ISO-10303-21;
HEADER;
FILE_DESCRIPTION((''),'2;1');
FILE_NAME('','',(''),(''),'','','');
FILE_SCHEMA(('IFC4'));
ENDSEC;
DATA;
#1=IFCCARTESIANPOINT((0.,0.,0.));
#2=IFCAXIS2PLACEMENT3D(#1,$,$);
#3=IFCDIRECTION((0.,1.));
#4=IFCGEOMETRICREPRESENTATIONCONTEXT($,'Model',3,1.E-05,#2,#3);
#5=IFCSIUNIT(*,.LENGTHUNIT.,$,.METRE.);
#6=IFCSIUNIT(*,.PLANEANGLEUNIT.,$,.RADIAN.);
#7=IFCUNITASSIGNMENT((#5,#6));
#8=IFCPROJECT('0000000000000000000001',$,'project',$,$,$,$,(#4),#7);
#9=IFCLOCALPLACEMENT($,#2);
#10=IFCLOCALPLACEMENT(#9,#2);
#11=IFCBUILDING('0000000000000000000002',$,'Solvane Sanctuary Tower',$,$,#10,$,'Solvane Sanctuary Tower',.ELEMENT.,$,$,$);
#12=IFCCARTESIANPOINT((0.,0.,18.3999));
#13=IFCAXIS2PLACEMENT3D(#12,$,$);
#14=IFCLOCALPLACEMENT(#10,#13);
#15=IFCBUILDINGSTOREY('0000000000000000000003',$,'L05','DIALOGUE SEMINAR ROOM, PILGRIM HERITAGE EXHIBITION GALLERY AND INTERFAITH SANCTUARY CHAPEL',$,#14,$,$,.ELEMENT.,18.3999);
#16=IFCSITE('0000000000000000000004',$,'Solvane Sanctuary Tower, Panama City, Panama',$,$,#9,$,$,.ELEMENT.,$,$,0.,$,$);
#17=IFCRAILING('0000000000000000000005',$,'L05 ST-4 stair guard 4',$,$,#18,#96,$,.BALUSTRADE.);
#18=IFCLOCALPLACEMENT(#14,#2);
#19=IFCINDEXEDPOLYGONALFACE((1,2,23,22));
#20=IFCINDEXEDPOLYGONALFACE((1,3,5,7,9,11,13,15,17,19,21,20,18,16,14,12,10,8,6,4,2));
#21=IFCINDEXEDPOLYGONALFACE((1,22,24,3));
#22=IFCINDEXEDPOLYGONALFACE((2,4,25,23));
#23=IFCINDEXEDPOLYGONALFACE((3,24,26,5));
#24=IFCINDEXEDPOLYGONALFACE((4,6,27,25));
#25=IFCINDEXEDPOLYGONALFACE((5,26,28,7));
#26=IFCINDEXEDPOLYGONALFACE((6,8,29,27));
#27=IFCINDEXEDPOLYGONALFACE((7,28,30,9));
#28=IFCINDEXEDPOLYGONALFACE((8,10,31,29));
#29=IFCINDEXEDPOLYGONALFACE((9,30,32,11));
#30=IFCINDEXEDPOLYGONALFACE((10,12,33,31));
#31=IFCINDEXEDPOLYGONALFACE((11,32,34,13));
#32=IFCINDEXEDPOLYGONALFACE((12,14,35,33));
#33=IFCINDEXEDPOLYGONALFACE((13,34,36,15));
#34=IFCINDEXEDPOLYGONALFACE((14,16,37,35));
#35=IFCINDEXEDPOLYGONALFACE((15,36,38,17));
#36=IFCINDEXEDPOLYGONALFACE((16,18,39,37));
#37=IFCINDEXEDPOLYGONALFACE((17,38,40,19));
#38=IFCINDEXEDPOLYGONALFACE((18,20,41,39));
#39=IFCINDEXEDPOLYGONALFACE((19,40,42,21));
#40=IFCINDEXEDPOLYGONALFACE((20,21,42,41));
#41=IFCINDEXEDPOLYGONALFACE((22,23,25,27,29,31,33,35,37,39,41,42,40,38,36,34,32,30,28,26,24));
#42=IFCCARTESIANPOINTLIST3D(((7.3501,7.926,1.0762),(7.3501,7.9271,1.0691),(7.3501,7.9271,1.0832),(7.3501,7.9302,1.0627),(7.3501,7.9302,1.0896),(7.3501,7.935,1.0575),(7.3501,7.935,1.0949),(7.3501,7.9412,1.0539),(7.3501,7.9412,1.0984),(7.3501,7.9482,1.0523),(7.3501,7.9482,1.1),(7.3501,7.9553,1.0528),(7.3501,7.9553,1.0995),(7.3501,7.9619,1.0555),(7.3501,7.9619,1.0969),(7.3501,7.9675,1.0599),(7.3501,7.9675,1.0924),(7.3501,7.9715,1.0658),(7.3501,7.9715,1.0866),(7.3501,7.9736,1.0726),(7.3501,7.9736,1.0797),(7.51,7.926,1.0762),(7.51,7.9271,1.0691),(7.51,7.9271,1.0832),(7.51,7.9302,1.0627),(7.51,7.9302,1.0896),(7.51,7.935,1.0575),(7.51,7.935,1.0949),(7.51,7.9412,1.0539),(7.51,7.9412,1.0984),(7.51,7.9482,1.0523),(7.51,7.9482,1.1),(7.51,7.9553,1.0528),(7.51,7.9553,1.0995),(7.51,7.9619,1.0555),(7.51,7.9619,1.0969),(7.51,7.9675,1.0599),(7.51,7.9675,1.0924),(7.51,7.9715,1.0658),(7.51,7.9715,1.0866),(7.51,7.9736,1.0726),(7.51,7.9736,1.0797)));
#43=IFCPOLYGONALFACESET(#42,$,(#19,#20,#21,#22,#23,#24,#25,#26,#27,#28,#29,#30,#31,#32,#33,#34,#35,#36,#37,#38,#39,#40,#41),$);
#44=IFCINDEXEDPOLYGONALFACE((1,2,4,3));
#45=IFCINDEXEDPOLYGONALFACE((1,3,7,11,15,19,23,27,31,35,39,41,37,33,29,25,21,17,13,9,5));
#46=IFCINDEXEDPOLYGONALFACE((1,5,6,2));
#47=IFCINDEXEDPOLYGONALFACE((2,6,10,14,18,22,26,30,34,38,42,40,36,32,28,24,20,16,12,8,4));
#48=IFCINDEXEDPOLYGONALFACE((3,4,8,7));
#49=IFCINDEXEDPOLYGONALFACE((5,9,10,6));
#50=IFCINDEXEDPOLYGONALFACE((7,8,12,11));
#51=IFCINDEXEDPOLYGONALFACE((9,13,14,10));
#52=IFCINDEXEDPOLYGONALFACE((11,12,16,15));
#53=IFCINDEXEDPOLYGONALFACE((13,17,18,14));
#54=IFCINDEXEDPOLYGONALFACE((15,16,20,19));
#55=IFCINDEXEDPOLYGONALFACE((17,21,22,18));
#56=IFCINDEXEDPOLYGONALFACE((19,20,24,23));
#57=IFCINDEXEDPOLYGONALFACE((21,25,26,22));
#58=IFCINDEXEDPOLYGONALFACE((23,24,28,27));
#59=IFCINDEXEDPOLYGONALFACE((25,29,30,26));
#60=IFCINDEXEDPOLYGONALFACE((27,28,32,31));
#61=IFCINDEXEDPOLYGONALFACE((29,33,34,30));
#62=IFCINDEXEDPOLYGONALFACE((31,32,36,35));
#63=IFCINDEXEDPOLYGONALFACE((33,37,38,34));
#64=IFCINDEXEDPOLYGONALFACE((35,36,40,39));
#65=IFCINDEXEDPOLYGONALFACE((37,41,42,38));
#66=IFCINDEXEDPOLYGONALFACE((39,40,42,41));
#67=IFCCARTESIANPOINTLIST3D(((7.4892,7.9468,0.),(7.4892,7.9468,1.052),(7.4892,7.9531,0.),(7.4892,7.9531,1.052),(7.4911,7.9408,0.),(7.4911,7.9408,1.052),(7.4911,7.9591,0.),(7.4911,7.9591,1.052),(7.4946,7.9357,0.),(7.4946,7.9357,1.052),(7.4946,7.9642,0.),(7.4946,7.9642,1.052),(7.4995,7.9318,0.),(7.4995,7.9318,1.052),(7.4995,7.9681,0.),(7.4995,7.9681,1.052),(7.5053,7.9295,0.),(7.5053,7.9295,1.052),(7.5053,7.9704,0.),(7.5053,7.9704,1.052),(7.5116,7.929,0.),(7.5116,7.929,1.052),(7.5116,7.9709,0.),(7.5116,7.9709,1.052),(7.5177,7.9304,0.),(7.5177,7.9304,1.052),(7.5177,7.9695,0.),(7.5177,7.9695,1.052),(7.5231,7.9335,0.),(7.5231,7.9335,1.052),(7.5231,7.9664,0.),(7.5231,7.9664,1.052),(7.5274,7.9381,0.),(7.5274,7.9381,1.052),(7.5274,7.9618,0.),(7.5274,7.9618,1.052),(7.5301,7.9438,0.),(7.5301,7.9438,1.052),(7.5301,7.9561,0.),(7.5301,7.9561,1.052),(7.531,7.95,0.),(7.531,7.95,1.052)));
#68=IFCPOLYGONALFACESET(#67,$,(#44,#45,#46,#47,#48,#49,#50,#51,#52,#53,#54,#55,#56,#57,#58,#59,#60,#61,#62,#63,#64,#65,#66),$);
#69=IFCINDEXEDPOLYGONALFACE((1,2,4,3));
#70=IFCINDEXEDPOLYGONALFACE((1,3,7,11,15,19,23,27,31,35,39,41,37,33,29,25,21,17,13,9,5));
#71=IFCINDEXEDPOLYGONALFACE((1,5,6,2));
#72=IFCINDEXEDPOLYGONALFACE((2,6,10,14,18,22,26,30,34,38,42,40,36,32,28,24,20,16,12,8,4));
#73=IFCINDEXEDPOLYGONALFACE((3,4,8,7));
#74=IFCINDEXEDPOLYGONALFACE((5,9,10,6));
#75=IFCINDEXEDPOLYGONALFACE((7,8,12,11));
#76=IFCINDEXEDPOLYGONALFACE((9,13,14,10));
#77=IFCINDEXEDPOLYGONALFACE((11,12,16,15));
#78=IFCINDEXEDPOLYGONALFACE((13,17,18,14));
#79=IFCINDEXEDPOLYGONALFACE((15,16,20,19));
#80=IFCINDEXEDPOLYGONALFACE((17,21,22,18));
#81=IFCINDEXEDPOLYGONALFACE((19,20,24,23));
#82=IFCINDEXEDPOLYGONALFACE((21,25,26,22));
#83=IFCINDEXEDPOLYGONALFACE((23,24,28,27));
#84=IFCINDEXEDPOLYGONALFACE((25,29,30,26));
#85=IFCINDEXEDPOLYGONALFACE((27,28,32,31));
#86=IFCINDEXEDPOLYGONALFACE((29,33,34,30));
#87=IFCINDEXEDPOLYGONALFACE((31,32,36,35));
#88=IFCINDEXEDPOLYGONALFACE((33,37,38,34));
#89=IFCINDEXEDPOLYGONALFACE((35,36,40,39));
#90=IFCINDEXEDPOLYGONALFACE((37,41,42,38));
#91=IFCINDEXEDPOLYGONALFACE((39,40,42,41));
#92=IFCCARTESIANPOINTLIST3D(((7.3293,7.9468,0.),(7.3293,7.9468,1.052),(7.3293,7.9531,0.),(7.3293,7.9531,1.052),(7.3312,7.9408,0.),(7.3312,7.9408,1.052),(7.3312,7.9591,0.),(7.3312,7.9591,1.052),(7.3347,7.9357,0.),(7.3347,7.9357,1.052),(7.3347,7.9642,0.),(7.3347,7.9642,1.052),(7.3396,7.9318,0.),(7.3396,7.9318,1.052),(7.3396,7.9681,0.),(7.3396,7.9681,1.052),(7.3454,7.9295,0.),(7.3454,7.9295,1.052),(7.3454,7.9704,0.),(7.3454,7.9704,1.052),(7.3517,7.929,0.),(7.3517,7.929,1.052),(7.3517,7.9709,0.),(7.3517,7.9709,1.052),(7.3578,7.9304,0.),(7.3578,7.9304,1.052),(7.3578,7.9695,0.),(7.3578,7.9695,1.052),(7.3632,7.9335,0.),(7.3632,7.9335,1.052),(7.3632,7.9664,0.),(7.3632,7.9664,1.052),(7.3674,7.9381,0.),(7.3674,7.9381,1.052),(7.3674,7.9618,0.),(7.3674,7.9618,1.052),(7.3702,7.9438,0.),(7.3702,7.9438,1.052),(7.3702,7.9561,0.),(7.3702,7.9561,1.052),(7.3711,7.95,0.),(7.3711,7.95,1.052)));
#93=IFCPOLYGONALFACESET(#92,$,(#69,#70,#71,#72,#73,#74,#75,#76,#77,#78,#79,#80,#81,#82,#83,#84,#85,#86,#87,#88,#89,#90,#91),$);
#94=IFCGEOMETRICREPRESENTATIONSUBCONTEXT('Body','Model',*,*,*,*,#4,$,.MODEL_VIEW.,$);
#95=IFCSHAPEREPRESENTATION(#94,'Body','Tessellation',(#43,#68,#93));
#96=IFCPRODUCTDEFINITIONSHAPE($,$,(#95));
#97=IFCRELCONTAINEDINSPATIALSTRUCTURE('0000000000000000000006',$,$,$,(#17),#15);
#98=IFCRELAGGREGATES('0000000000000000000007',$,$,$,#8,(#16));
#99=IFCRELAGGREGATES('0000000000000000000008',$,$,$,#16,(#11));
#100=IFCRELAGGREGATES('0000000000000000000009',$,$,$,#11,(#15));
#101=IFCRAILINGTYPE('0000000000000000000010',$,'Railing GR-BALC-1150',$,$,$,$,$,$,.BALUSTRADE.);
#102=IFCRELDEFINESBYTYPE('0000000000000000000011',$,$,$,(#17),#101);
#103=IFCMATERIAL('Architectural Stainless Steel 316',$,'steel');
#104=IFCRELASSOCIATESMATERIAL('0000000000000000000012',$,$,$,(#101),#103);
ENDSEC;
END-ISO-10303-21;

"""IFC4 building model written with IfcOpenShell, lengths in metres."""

from ifc_helpers import new_model, si_unit, direction, frame, origin, origin_2d, place, context, subcontext, project, spatial, circle, extrude, material, type_object, element, save


model = new_model("IFC4")

# Units and contexts
model_context = context("Model", 3, precision=1e-05, world=origin(), true_north=direction((0.0, 1.0)))
body_context = subcontext(model_context, "Body", "Model", "MODEL_VIEW")
ifc_project = project(units=[si_unit("LENGTHUNIT", "METRE"), si_unit("PLANEANGLEUNIT", "RADIAN")], contexts=[model_context])

# Site, building, storey
site_placement = place(None, origin())
site = spatial("IfcSite", under=ifc_project, at=site_placement, Name="Solvane Sanctuary Tower, Panama City, Panama", CompositionType="ELEMENT", RefElevation=0.0)
building_placement = place(site_placement, origin())
building = spatial("IfcBuilding", under=site, at=building_placement, Name="Solvane Sanctuary Tower", LongName="Solvane Sanctuary Tower", CompositionType="ELEMENT")
storey_placement = place(building_placement, frame((0.0, 0.0, 18.3999)))
storey = spatial("IfcBuildingStorey", under=building, at=storey_placement, Name="L05", Description="DIALOGUE SEMINAR ROOM, PILGRIM HERITAGE EXHIBITION GALLERY AND INTERFAITH SANCTUARY CHAPEL", CompositionType="ELEMENT", Elevation=18.3999)

# Shared definitions
ifc_material_1 = material(Name="Architectural Stainless Steel 316", Category="steel")

# Railing
railing_type_1 = type_object("IfcRailingType", Name="Railing GR-BALC-1150", PredefinedType="BALUSTRADE", material=ifc_material_1)
railing_1_placement = place(storey_placement, frame((7.51, 7.95, 0.0)))
element("IfcRailing", 1, at=railing_1_placement, inside=storey, type_object=railing_type_1, Name="L05 ST-4 stair guard 4", PredefinedType="BALUSTRADE", context=body_context, shape_type="SweptSolid", body=[
    extrude(circle(Radius=0.0239, at=origin_2d()), frame((0.0, 0.0, 1.0762), z_axis=(-1.0, 0.0, 0.0), x_axis=(0.0, -1.0, 0.0)), (0.0, 0.0, 1.0), 0.1599),
    extrude(circle(Radius=0.021, at=origin_2d()), origin(), (0.0, 0.0, 1.0), 1.052),
    extrude(circle(Radius=0.021, at=origin_2d()), frame((-0.1599, 0.0, 0.0)), (0.0, 0.0, 1.0), 1.052),
])

save(model, "model.ifc")
